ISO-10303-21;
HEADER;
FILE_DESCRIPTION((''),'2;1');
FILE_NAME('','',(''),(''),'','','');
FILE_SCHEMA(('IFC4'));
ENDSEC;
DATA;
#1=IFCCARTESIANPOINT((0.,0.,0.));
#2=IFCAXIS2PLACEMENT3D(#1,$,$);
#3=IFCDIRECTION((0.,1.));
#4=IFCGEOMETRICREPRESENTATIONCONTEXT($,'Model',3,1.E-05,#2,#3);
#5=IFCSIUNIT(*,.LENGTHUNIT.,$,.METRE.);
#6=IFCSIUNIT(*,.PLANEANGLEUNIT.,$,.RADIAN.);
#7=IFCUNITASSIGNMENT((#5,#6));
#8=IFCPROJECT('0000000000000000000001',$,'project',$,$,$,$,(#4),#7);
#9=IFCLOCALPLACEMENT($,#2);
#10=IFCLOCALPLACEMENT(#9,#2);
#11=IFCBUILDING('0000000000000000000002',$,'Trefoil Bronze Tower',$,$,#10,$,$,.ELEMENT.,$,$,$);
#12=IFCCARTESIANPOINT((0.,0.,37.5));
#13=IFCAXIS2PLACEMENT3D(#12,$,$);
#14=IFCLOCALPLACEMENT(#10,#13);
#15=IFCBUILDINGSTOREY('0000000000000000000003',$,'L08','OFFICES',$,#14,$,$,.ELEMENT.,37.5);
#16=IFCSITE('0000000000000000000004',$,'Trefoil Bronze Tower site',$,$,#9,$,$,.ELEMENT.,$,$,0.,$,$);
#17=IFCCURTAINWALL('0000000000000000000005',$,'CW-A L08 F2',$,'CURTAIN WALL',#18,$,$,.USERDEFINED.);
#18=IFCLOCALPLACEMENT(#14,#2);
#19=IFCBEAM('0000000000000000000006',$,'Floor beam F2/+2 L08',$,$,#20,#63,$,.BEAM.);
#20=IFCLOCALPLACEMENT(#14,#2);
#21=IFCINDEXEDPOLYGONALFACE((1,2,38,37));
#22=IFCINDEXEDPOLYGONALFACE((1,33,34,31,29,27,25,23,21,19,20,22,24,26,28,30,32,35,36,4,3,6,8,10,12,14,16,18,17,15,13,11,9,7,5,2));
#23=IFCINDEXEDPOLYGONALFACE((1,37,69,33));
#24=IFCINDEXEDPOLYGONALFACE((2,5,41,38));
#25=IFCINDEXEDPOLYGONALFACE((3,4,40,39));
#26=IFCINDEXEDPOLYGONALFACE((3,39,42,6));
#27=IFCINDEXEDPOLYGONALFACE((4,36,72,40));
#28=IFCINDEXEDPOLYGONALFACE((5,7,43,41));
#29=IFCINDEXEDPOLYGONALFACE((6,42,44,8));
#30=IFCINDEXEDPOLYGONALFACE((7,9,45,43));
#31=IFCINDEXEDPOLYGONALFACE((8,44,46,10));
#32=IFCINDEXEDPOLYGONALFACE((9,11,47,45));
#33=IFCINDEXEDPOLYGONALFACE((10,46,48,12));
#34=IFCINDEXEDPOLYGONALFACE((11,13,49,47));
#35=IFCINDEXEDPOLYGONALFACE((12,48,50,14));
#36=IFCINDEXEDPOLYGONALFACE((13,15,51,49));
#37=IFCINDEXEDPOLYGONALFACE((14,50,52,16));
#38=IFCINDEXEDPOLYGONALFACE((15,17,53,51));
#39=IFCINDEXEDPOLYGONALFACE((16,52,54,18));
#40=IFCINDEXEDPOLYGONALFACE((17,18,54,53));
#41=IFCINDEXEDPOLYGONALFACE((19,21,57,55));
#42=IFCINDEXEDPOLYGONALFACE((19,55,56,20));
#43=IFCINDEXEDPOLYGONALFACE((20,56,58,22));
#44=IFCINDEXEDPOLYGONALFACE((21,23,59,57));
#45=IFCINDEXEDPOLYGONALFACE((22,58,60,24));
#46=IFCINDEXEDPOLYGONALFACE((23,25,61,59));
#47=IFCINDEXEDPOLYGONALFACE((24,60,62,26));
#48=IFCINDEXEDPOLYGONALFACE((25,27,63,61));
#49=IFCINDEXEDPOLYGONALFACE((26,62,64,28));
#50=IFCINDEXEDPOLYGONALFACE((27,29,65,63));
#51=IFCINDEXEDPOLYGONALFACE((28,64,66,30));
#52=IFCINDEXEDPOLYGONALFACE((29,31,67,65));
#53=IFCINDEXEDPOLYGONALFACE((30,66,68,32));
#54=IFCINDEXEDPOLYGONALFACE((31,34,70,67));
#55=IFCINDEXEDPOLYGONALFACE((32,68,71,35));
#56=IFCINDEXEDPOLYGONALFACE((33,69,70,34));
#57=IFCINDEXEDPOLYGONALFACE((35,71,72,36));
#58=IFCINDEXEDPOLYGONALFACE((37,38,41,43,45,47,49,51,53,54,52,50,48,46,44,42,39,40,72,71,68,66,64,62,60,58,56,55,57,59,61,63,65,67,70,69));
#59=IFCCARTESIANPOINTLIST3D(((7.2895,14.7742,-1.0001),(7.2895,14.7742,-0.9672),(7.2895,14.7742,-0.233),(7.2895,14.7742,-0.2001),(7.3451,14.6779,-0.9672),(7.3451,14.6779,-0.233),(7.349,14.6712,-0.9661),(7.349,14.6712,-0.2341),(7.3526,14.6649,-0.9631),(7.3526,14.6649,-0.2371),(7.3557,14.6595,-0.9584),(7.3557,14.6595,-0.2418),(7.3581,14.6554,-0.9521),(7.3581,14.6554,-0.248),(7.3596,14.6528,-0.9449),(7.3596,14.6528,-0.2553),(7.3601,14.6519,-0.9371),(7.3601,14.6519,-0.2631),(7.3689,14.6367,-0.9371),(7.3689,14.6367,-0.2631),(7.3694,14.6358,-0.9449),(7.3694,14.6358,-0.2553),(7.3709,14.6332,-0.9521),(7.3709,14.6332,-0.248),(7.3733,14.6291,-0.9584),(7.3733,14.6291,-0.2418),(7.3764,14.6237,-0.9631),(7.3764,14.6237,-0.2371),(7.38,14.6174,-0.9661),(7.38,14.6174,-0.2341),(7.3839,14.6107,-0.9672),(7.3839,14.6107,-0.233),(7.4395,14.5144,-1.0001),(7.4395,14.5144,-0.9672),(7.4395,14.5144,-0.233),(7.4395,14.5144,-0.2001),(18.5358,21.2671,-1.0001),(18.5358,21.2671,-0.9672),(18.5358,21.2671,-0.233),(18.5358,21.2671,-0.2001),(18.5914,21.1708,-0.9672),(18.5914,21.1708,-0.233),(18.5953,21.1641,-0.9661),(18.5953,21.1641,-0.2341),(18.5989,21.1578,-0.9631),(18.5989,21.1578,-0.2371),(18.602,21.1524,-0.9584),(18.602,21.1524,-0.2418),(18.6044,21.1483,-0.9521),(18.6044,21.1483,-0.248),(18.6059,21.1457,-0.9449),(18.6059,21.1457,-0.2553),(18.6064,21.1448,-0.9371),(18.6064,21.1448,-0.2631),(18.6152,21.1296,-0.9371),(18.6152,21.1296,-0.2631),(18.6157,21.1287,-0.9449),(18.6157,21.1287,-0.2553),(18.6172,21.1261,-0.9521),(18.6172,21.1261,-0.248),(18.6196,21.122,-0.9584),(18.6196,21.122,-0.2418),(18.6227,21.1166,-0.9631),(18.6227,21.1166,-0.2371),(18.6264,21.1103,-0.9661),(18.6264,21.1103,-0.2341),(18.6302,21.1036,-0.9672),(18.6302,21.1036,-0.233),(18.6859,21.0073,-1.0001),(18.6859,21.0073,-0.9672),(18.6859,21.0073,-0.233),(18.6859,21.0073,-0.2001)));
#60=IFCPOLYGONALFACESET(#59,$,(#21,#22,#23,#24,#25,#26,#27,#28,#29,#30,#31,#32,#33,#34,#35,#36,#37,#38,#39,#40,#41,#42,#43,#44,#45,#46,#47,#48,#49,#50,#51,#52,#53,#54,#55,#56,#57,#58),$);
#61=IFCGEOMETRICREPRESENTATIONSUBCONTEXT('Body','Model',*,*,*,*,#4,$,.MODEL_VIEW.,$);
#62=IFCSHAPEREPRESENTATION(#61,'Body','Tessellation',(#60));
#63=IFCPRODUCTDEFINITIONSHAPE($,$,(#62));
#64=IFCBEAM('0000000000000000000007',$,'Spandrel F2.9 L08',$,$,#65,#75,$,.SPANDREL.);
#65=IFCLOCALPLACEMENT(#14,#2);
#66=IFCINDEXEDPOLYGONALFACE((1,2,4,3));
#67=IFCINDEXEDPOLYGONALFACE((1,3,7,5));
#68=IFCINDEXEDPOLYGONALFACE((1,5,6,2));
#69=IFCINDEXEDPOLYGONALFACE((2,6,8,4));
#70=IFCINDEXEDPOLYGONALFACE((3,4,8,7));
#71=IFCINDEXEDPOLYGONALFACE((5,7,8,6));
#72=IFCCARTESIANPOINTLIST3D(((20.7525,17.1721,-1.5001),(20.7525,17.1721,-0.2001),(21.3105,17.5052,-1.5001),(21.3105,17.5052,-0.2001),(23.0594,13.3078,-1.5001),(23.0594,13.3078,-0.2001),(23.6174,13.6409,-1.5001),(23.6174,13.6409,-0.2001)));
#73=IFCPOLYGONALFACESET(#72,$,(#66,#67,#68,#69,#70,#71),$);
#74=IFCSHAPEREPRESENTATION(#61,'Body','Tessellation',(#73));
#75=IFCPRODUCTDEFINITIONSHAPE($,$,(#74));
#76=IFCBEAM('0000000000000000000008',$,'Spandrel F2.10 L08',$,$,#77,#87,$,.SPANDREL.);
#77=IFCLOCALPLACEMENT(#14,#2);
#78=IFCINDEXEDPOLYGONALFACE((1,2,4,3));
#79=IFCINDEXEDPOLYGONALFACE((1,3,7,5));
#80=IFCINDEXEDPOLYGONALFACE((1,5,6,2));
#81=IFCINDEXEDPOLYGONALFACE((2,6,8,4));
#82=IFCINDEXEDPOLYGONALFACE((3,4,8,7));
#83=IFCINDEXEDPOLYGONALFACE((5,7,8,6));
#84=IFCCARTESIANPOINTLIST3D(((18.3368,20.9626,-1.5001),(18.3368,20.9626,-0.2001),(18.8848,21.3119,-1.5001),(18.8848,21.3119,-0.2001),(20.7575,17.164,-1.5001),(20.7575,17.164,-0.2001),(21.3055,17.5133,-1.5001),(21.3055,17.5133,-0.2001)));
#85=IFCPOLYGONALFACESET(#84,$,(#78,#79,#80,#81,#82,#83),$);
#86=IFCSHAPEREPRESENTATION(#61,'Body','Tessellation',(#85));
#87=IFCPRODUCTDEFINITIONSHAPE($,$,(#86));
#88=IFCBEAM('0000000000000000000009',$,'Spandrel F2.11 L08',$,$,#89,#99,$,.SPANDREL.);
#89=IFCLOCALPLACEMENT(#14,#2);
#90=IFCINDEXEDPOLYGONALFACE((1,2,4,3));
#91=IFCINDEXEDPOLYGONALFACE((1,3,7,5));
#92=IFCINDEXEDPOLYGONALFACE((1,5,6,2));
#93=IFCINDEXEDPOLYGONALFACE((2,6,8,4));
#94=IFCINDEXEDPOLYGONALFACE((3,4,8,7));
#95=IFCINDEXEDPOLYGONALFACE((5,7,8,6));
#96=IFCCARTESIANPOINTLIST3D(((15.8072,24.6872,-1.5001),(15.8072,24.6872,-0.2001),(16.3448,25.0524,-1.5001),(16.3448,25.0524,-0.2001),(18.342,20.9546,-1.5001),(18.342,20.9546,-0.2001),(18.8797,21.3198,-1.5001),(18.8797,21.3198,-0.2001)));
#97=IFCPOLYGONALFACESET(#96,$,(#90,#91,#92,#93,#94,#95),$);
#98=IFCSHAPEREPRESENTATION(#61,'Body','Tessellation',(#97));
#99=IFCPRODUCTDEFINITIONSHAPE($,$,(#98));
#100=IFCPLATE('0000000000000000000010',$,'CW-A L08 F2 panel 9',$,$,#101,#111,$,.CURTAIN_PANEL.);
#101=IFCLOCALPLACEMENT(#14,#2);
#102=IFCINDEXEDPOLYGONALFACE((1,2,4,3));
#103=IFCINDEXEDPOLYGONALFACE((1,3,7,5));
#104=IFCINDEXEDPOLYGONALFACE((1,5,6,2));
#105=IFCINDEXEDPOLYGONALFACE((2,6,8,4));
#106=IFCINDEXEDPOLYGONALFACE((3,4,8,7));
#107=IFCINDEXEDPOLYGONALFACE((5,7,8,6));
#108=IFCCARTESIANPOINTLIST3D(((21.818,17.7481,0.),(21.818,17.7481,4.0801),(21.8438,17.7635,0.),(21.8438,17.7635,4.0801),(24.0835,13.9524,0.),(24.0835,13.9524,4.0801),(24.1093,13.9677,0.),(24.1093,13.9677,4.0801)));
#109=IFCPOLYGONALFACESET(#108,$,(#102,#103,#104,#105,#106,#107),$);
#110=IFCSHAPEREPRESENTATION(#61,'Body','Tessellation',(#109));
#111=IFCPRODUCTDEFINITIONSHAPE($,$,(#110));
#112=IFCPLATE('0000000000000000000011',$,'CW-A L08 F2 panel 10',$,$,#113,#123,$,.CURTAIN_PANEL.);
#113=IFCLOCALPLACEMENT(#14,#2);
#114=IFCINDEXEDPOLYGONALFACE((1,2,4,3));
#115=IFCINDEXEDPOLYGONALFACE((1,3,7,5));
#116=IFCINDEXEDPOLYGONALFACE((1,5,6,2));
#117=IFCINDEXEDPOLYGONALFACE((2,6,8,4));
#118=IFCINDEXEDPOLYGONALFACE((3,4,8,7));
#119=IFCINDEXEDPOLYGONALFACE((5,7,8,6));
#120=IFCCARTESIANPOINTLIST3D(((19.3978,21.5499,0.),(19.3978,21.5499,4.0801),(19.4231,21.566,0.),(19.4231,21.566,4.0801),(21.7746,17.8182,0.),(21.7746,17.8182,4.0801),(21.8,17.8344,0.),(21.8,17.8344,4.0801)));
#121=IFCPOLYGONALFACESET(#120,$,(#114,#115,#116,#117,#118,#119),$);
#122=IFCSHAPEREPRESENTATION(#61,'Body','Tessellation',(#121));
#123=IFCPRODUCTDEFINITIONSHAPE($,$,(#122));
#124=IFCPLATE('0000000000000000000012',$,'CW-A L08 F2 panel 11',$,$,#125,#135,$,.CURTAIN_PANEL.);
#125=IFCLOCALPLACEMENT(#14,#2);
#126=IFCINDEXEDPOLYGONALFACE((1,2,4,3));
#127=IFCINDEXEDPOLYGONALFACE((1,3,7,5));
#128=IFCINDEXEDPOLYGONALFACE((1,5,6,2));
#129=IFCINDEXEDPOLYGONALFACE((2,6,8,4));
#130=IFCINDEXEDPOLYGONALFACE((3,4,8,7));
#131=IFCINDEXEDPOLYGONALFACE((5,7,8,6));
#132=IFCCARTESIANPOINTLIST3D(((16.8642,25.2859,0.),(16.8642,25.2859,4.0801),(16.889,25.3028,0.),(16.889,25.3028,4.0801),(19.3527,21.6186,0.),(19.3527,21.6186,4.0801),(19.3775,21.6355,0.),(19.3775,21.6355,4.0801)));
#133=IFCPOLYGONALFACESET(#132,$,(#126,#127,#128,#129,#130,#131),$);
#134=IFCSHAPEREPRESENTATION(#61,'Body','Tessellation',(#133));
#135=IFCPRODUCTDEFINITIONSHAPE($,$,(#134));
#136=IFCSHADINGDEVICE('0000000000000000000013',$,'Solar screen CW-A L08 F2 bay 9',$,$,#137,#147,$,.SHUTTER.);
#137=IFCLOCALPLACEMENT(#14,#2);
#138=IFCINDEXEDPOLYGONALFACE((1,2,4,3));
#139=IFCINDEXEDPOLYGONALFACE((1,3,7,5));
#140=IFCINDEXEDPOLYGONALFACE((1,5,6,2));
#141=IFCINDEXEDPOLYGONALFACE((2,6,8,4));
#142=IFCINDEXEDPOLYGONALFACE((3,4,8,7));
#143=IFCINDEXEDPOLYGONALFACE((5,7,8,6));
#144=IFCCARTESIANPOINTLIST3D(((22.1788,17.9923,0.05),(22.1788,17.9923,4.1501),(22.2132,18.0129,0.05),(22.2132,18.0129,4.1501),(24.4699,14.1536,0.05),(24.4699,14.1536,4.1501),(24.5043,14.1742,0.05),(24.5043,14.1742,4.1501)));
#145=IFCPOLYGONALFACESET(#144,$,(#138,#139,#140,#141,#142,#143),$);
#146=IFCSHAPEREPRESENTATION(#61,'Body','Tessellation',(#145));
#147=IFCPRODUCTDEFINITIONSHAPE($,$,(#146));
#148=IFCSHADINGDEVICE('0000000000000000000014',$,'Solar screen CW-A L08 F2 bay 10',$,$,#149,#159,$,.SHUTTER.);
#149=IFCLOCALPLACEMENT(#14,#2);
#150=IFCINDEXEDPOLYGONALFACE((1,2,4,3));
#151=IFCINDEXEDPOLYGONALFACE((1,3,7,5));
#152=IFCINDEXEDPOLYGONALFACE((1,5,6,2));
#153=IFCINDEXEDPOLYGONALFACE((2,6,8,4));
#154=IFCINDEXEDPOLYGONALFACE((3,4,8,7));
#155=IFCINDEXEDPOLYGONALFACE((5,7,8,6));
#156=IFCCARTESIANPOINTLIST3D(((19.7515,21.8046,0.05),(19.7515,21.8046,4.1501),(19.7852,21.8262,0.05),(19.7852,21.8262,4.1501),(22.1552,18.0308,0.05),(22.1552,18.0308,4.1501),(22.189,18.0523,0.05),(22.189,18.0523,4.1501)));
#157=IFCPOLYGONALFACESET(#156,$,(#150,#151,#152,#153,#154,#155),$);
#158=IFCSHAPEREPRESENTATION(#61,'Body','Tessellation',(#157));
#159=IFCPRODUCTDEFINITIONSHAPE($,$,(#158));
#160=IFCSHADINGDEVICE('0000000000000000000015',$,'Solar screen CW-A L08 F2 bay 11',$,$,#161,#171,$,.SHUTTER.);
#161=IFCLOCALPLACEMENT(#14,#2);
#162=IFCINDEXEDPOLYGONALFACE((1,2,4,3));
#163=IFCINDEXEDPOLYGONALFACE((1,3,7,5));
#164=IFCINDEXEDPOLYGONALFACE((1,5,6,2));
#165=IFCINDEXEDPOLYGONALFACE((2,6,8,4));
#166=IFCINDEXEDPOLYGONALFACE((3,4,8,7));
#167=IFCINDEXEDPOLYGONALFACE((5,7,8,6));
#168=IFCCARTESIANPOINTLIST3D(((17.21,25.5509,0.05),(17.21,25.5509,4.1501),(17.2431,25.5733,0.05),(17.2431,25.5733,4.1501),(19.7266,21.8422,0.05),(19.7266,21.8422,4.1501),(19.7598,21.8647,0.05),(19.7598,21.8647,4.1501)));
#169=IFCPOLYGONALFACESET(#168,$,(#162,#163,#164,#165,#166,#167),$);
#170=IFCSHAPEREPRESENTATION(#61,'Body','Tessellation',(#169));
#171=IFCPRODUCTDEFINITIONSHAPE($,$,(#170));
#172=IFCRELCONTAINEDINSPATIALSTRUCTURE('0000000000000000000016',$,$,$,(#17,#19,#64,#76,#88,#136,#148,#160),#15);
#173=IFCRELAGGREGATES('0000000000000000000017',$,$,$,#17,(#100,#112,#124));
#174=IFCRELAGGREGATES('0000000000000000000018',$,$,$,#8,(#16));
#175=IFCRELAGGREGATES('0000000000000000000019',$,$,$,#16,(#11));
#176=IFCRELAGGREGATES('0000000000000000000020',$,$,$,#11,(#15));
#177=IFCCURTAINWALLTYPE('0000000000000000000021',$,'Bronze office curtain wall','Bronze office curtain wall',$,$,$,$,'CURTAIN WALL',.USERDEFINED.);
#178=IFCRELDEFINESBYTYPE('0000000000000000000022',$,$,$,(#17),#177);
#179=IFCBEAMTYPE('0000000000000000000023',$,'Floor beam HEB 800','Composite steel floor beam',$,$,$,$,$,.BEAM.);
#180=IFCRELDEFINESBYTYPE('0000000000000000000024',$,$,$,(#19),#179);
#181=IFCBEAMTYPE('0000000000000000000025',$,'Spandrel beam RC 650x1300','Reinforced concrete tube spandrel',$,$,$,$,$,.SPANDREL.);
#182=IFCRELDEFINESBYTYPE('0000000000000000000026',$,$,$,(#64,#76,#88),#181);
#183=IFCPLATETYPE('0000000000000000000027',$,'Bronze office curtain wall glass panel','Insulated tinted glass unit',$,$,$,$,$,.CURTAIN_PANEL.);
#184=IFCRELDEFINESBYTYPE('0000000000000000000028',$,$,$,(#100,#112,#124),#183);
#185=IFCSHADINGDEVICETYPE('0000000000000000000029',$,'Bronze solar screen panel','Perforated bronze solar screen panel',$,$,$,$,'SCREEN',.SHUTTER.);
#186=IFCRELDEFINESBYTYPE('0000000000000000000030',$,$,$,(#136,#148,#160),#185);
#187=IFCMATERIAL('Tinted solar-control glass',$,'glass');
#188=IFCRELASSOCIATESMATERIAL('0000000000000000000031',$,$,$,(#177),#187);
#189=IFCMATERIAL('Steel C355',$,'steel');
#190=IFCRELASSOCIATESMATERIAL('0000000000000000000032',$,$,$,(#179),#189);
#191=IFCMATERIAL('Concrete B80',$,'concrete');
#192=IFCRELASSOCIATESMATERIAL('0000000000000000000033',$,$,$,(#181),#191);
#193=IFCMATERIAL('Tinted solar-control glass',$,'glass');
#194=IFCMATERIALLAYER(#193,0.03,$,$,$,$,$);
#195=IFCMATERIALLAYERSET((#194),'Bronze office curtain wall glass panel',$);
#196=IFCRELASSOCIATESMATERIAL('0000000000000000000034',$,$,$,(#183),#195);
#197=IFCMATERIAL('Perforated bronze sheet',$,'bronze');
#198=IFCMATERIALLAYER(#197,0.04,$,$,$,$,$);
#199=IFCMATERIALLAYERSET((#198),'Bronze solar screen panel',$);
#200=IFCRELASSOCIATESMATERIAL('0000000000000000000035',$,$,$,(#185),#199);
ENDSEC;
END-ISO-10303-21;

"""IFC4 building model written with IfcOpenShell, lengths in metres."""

from ifc_helpers import new_model, si_unit, direction, frame, origin, origin_2d, place, context, subcontext, project, spatial, rectangle, i_section, extrude, material, layer, layer_set, material_profile, profile_set, type_object, element, aggregate, save


model = new_model("IFC4")

# Units and contexts
model_context = context("Model", 3, precision=1e-05, world=origin(), true_north=direction((0.0, 1.0)))
body_context = subcontext(model_context, "Body", "Model", "MODEL_VIEW")
ifc_project = project(units=[si_unit("LENGTHUNIT", "METRE"), si_unit("PLANEANGLEUNIT", "RADIAN")], contexts=[model_context])

# Site, building, storey
site_placement = place(None, origin())
site = spatial("IfcSite", under=ifc_project, at=site_placement, Name="Trefoil Bronze Tower site", CompositionType="ELEMENT", RefElevation=0.0)
building_placement = place(site_placement, origin())
building = spatial("IfcBuilding", under=site, at=building_placement, Name="Trefoil Bronze Tower", CompositionType="ELEMENT")
storey_placement = place(building_placement, frame((0.0, 0.0, 37.5)))
storey = spatial("IfcBuildingStorey", under=building, at=storey_placement, Name="L08", Description="OFFICES", CompositionType="ELEMENT", Elevation=37.5)

# Curtain wall
ifc_material_1 = material(Name="Tinted solar-control glass", Category="glass")
curtain_wall_type = type_object("IfcCurtainWallType", Name="Bronze office curtain wall", Description="Bronze office curtain wall", ElementType="CURTAIN WALL", PredefinedType="USERDEFINED", material=ifc_material_1)
curtain_wall_placement = place(storey_placement, origin())
curtain_wall = element("IfcCurtainWall", 1, at=curtain_wall_placement, inside=storey, type_object=curtain_wall_type, Name="CW-A L08 F2", ObjectType="CURTAIN WALL", PredefinedType="USERDEFINED")

# Beams
ifc_material_2 = material(Name="Steel C355", Category="steel")
ifc_material_profile_1 = material_profile(ifc_material_2, i_section(OverallWidth=0.3, OverallDepth=0.8, WebThickness=0.0176, FlangeThickness=0.033, FilletRadius=0.03, at=origin_2d()), Name="HEB 800")
ifc_profile_set_1 = profile_set([ifc_material_profile_1], Name="Steel C355")
beam_type_1 = type_object("IfcBeamType", Name="Floor beam HEB 800", Description="Composite steel floor beam", PredefinedType="BEAM", material=ifc_profile_set_1)
beam_1_placement = place(storey_placement, frame((18.6108, 21.1372, -0.6001), z_axis=(-0.866031, -0.499991, 0.0), x_axis=(0.499991, -0.866031, 0.0)))
element("IfcBeam", 2, at=beam_1_placement, inside=storey, type_object=beam_type_1, Name="Floor beam F2/+2 L08", PredefinedType="BEAM", context=body_context, shape_type="SweptSolid", body=[
    extrude(i_section(OverallWidth=0.3, OverallDepth=0.8, WebThickness=0.0176, FlangeThickness=0.033, FilletRadius=0.03, at=origin_2d()), origin(), (0.0, 0.0, 1.0), 12.9861),
])
ifc_material_3 = material(Name="Concrete B80", Category="concrete")
ifc_material_profile_2 = material_profile(ifc_material_3, rectangle(XDim=0.6499, YDim=1.3, at=origin_2d()), Name="RC 650x1300")
ifc_profile_set_2 = profile_set([ifc_material_profile_2], Name="Concrete B80")
beam_type_2 = type_object("IfcBeamType", Name="Spandrel beam RC 650x1300", Description="Reinforced concrete tube spandrel", PredefinedType="SPANDREL", material=ifc_profile_set_2)
beam_2_placement = place(storey_placement, frame((23.3384, 13.4744, -0.8501), z_axis=(-0.512588, 0.858635, 0.0), x_axis=(-0.858635, -0.512588, 0.0)))
element("IfcBeam", 3, at=beam_2_placement, inside=storey, type_object=beam_type_2, Name="Spandrel F2.9 L08", PredefinedType="SPANDREL", context=body_context, shape_type="SweptSolid", body=[
    extrude(rectangle(XDim=0.6499, YDim=1.3, at=origin_2d()), origin(), (0.0, 0.0, 1.0), 4.5005),
])
beam_3_placement = place(storey_placement, frame((21.0315, 17.3386, -0.8501), z_axis=(-0.537408, 0.843322, 0.0), x_axis=(-0.843322, -0.537408, 0.0)))
element("IfcBeam", 4, at=beam_3_placement, inside=storey, type_object=beam_type_2, Name="Spandrel F2.10 L08", PredefinedType="SPANDREL", context=body_context, shape_type="SweptSolid", body=[
    extrude(rectangle(XDim=0.6499, YDim=1.3, at=origin_2d()), origin(), (0.0, 0.0, 1.0), 4.5044),
])
beam_4_placement = place(storey_placement, frame((18.6108, 21.1372, -0.8501), z_axis=(-0.56181, 0.827267, 0.0), x_axis=(-0.827267, -0.56181, 0.0)))
element("IfcBeam", 5, at=beam_4_placement, inside=storey, type_object=beam_type_2, Name="Spandrel F2.11 L08", PredefinedType="SPANDREL", context=body_context, shape_type="SweptSolid", body=[
    extrude(rectangle(XDim=0.6499, YDim=1.3, at=origin_2d()), origin(), (0.0, 0.0, 1.0), 4.512),
])

# Plates
ifc_material_4 = material(Name="Tinted solar-control glass", Category="glass")
ifc_layer_1 = layer(ifc_material_4, 0.03)
ifc_layer_set_1 = layer_set([ifc_layer_1], Name="Bronze office curtain wall glass panel")
plate_type = type_object("IfcPlateType", Name="Bronze office curtain wall glass panel", Description="Insulated tinted glass unit", PredefinedType="CURTAIN_PANEL", material=ifc_layer_set_1)
plate_1_placement = place(storey_placement, frame((22.9636, 15.8579, 0.0), z_axis=(0.0, 0.0, 1.0), x_axis=(-0.512513, 0.85868, 0.0)))
plate_1 = element("IfcPlate", 6, at=plate_1_placement, type_object=plate_type, Name="CW-A L08 F2 panel 9", PredefinedType="CURTAIN_PANEL", context=body_context, shape_type="SweptSolid", body=[
    extrude(rectangle(XDim=4.4204, YDim=0.03, at=origin_2d()), origin(), (0.0, 0.0, 1.0), 4.0801),
])
plate_2_placement = place(storey_placement, frame((20.5989, 19.6921, 0.0), z_axis=(0.0, 0.0, 1.0), x_axis=(-0.537222, 0.843441, 0.0)))
plate_2 = element("IfcPlate", 7, at=plate_2_placement, type_object=plate_type, Name="CW-A L08 F2 panel 10", PredefinedType="CURTAIN_PANEL", context=body_context, shape_type="SweptSolid", body=[
    extrude(rectangle(XDim=4.4243, YDim=0.03, at=origin_2d()), origin(), (0.0, 0.0, 1.0), 4.0801),
])
plate_3_placement = place(storey_placement, frame((18.1208, 23.4607, 0.0), z_axis=(0.0, 0.0, 1.0), x_axis=(-0.56151, 0.82747, 0.0)))
plate_3 = element("IfcPlate", 8, at=plate_3_placement, type_object=plate_type, Name="CW-A L08 F2 panel 11", PredefinedType="CURTAIN_PANEL", context=body_context, shape_type="SweptSolid", body=[
    extrude(rectangle(XDim=4.4319, YDim=0.03, at=origin_2d()), origin(), (0.0, 0.0, 1.0), 4.0801),
])
aggregate(curtain_wall, [plate_1, plate_2, plate_3])

# Shading devices
ifc_material_5 = material(Name="Perforated bronze sheet", Category="bronze")
ifc_layer_2 = layer(ifc_material_5, 0.04)
ifc_layer_set_2 = layer_set([ifc_layer_2], Name="Bronze solar screen panel")
shading_device_type = type_object("IfcShadingDeviceType", Name="Bronze solar screen panel", Description="Perforated bronze solar screen panel", ElementType="SCREEN", PredefinedType="SHUTTER", material=ifc_layer_set_2)
shading_device_1_placement = place(storey_placement, frame((23.3416, 16.0833, 0.05), z_axis=(0.0, 0.0, 1.0), x_axis=(-0.512513, 0.85868, 0.0)))
element("IfcShadingDevice", 9, at=shading_device_1_placement, inside=storey, type_object=shading_device_type, Name="Solar screen CW-A L08 F2 bay 9", PredefinedType="SHUTTER", context=body_context, shape_type="SweptSolid", body=[
    extrude(rectangle(XDim=4.4705, YDim=0.04, at=origin_2d()), origin(), (0.0, 0.0, 1.0), 4.1001),
])
shading_device_2_placement = place(storey_placement, frame((20.9702, 19.9285, 0.05), z_axis=(0.0, 0.0, 1.0), x_axis=(-0.537222, 0.843441, 0.0)))
element("IfcShadingDevice", 10, at=shading_device_2_placement, inside=storey, type_object=shading_device_type, Name="Solar screen CW-A L08 F2 bay 10", PredefinedType="SHUTTER", context=body_context, shape_type="SweptSolid", body=[
    extrude(rectangle(XDim=4.4744, YDim=0.04, at=origin_2d()), origin(), (0.0, 0.0, 1.0), 4.1001),
])
shading_device_3_placement = place(storey_placement, frame((18.4849, 23.7078, 0.05), z_axis=(0.0, 0.0, 1.0), x_axis=(-0.56151, 0.82747, 0.0)))
element("IfcShadingDevice", 11, at=shading_device_3_placement, inside=storey, type_object=shading_device_type, Name="Solar screen CW-A L08 F2 bay 11", PredefinedType="SHUTTER", context=body_context, shape_type="SweptSolid", body=[
    extrude(rectangle(XDim=4.4819, YDim=0.04, at=origin_2d()), origin(), (0.0, 0.0, 1.0), 4.1001),
])

save(model, "model.ifc")
